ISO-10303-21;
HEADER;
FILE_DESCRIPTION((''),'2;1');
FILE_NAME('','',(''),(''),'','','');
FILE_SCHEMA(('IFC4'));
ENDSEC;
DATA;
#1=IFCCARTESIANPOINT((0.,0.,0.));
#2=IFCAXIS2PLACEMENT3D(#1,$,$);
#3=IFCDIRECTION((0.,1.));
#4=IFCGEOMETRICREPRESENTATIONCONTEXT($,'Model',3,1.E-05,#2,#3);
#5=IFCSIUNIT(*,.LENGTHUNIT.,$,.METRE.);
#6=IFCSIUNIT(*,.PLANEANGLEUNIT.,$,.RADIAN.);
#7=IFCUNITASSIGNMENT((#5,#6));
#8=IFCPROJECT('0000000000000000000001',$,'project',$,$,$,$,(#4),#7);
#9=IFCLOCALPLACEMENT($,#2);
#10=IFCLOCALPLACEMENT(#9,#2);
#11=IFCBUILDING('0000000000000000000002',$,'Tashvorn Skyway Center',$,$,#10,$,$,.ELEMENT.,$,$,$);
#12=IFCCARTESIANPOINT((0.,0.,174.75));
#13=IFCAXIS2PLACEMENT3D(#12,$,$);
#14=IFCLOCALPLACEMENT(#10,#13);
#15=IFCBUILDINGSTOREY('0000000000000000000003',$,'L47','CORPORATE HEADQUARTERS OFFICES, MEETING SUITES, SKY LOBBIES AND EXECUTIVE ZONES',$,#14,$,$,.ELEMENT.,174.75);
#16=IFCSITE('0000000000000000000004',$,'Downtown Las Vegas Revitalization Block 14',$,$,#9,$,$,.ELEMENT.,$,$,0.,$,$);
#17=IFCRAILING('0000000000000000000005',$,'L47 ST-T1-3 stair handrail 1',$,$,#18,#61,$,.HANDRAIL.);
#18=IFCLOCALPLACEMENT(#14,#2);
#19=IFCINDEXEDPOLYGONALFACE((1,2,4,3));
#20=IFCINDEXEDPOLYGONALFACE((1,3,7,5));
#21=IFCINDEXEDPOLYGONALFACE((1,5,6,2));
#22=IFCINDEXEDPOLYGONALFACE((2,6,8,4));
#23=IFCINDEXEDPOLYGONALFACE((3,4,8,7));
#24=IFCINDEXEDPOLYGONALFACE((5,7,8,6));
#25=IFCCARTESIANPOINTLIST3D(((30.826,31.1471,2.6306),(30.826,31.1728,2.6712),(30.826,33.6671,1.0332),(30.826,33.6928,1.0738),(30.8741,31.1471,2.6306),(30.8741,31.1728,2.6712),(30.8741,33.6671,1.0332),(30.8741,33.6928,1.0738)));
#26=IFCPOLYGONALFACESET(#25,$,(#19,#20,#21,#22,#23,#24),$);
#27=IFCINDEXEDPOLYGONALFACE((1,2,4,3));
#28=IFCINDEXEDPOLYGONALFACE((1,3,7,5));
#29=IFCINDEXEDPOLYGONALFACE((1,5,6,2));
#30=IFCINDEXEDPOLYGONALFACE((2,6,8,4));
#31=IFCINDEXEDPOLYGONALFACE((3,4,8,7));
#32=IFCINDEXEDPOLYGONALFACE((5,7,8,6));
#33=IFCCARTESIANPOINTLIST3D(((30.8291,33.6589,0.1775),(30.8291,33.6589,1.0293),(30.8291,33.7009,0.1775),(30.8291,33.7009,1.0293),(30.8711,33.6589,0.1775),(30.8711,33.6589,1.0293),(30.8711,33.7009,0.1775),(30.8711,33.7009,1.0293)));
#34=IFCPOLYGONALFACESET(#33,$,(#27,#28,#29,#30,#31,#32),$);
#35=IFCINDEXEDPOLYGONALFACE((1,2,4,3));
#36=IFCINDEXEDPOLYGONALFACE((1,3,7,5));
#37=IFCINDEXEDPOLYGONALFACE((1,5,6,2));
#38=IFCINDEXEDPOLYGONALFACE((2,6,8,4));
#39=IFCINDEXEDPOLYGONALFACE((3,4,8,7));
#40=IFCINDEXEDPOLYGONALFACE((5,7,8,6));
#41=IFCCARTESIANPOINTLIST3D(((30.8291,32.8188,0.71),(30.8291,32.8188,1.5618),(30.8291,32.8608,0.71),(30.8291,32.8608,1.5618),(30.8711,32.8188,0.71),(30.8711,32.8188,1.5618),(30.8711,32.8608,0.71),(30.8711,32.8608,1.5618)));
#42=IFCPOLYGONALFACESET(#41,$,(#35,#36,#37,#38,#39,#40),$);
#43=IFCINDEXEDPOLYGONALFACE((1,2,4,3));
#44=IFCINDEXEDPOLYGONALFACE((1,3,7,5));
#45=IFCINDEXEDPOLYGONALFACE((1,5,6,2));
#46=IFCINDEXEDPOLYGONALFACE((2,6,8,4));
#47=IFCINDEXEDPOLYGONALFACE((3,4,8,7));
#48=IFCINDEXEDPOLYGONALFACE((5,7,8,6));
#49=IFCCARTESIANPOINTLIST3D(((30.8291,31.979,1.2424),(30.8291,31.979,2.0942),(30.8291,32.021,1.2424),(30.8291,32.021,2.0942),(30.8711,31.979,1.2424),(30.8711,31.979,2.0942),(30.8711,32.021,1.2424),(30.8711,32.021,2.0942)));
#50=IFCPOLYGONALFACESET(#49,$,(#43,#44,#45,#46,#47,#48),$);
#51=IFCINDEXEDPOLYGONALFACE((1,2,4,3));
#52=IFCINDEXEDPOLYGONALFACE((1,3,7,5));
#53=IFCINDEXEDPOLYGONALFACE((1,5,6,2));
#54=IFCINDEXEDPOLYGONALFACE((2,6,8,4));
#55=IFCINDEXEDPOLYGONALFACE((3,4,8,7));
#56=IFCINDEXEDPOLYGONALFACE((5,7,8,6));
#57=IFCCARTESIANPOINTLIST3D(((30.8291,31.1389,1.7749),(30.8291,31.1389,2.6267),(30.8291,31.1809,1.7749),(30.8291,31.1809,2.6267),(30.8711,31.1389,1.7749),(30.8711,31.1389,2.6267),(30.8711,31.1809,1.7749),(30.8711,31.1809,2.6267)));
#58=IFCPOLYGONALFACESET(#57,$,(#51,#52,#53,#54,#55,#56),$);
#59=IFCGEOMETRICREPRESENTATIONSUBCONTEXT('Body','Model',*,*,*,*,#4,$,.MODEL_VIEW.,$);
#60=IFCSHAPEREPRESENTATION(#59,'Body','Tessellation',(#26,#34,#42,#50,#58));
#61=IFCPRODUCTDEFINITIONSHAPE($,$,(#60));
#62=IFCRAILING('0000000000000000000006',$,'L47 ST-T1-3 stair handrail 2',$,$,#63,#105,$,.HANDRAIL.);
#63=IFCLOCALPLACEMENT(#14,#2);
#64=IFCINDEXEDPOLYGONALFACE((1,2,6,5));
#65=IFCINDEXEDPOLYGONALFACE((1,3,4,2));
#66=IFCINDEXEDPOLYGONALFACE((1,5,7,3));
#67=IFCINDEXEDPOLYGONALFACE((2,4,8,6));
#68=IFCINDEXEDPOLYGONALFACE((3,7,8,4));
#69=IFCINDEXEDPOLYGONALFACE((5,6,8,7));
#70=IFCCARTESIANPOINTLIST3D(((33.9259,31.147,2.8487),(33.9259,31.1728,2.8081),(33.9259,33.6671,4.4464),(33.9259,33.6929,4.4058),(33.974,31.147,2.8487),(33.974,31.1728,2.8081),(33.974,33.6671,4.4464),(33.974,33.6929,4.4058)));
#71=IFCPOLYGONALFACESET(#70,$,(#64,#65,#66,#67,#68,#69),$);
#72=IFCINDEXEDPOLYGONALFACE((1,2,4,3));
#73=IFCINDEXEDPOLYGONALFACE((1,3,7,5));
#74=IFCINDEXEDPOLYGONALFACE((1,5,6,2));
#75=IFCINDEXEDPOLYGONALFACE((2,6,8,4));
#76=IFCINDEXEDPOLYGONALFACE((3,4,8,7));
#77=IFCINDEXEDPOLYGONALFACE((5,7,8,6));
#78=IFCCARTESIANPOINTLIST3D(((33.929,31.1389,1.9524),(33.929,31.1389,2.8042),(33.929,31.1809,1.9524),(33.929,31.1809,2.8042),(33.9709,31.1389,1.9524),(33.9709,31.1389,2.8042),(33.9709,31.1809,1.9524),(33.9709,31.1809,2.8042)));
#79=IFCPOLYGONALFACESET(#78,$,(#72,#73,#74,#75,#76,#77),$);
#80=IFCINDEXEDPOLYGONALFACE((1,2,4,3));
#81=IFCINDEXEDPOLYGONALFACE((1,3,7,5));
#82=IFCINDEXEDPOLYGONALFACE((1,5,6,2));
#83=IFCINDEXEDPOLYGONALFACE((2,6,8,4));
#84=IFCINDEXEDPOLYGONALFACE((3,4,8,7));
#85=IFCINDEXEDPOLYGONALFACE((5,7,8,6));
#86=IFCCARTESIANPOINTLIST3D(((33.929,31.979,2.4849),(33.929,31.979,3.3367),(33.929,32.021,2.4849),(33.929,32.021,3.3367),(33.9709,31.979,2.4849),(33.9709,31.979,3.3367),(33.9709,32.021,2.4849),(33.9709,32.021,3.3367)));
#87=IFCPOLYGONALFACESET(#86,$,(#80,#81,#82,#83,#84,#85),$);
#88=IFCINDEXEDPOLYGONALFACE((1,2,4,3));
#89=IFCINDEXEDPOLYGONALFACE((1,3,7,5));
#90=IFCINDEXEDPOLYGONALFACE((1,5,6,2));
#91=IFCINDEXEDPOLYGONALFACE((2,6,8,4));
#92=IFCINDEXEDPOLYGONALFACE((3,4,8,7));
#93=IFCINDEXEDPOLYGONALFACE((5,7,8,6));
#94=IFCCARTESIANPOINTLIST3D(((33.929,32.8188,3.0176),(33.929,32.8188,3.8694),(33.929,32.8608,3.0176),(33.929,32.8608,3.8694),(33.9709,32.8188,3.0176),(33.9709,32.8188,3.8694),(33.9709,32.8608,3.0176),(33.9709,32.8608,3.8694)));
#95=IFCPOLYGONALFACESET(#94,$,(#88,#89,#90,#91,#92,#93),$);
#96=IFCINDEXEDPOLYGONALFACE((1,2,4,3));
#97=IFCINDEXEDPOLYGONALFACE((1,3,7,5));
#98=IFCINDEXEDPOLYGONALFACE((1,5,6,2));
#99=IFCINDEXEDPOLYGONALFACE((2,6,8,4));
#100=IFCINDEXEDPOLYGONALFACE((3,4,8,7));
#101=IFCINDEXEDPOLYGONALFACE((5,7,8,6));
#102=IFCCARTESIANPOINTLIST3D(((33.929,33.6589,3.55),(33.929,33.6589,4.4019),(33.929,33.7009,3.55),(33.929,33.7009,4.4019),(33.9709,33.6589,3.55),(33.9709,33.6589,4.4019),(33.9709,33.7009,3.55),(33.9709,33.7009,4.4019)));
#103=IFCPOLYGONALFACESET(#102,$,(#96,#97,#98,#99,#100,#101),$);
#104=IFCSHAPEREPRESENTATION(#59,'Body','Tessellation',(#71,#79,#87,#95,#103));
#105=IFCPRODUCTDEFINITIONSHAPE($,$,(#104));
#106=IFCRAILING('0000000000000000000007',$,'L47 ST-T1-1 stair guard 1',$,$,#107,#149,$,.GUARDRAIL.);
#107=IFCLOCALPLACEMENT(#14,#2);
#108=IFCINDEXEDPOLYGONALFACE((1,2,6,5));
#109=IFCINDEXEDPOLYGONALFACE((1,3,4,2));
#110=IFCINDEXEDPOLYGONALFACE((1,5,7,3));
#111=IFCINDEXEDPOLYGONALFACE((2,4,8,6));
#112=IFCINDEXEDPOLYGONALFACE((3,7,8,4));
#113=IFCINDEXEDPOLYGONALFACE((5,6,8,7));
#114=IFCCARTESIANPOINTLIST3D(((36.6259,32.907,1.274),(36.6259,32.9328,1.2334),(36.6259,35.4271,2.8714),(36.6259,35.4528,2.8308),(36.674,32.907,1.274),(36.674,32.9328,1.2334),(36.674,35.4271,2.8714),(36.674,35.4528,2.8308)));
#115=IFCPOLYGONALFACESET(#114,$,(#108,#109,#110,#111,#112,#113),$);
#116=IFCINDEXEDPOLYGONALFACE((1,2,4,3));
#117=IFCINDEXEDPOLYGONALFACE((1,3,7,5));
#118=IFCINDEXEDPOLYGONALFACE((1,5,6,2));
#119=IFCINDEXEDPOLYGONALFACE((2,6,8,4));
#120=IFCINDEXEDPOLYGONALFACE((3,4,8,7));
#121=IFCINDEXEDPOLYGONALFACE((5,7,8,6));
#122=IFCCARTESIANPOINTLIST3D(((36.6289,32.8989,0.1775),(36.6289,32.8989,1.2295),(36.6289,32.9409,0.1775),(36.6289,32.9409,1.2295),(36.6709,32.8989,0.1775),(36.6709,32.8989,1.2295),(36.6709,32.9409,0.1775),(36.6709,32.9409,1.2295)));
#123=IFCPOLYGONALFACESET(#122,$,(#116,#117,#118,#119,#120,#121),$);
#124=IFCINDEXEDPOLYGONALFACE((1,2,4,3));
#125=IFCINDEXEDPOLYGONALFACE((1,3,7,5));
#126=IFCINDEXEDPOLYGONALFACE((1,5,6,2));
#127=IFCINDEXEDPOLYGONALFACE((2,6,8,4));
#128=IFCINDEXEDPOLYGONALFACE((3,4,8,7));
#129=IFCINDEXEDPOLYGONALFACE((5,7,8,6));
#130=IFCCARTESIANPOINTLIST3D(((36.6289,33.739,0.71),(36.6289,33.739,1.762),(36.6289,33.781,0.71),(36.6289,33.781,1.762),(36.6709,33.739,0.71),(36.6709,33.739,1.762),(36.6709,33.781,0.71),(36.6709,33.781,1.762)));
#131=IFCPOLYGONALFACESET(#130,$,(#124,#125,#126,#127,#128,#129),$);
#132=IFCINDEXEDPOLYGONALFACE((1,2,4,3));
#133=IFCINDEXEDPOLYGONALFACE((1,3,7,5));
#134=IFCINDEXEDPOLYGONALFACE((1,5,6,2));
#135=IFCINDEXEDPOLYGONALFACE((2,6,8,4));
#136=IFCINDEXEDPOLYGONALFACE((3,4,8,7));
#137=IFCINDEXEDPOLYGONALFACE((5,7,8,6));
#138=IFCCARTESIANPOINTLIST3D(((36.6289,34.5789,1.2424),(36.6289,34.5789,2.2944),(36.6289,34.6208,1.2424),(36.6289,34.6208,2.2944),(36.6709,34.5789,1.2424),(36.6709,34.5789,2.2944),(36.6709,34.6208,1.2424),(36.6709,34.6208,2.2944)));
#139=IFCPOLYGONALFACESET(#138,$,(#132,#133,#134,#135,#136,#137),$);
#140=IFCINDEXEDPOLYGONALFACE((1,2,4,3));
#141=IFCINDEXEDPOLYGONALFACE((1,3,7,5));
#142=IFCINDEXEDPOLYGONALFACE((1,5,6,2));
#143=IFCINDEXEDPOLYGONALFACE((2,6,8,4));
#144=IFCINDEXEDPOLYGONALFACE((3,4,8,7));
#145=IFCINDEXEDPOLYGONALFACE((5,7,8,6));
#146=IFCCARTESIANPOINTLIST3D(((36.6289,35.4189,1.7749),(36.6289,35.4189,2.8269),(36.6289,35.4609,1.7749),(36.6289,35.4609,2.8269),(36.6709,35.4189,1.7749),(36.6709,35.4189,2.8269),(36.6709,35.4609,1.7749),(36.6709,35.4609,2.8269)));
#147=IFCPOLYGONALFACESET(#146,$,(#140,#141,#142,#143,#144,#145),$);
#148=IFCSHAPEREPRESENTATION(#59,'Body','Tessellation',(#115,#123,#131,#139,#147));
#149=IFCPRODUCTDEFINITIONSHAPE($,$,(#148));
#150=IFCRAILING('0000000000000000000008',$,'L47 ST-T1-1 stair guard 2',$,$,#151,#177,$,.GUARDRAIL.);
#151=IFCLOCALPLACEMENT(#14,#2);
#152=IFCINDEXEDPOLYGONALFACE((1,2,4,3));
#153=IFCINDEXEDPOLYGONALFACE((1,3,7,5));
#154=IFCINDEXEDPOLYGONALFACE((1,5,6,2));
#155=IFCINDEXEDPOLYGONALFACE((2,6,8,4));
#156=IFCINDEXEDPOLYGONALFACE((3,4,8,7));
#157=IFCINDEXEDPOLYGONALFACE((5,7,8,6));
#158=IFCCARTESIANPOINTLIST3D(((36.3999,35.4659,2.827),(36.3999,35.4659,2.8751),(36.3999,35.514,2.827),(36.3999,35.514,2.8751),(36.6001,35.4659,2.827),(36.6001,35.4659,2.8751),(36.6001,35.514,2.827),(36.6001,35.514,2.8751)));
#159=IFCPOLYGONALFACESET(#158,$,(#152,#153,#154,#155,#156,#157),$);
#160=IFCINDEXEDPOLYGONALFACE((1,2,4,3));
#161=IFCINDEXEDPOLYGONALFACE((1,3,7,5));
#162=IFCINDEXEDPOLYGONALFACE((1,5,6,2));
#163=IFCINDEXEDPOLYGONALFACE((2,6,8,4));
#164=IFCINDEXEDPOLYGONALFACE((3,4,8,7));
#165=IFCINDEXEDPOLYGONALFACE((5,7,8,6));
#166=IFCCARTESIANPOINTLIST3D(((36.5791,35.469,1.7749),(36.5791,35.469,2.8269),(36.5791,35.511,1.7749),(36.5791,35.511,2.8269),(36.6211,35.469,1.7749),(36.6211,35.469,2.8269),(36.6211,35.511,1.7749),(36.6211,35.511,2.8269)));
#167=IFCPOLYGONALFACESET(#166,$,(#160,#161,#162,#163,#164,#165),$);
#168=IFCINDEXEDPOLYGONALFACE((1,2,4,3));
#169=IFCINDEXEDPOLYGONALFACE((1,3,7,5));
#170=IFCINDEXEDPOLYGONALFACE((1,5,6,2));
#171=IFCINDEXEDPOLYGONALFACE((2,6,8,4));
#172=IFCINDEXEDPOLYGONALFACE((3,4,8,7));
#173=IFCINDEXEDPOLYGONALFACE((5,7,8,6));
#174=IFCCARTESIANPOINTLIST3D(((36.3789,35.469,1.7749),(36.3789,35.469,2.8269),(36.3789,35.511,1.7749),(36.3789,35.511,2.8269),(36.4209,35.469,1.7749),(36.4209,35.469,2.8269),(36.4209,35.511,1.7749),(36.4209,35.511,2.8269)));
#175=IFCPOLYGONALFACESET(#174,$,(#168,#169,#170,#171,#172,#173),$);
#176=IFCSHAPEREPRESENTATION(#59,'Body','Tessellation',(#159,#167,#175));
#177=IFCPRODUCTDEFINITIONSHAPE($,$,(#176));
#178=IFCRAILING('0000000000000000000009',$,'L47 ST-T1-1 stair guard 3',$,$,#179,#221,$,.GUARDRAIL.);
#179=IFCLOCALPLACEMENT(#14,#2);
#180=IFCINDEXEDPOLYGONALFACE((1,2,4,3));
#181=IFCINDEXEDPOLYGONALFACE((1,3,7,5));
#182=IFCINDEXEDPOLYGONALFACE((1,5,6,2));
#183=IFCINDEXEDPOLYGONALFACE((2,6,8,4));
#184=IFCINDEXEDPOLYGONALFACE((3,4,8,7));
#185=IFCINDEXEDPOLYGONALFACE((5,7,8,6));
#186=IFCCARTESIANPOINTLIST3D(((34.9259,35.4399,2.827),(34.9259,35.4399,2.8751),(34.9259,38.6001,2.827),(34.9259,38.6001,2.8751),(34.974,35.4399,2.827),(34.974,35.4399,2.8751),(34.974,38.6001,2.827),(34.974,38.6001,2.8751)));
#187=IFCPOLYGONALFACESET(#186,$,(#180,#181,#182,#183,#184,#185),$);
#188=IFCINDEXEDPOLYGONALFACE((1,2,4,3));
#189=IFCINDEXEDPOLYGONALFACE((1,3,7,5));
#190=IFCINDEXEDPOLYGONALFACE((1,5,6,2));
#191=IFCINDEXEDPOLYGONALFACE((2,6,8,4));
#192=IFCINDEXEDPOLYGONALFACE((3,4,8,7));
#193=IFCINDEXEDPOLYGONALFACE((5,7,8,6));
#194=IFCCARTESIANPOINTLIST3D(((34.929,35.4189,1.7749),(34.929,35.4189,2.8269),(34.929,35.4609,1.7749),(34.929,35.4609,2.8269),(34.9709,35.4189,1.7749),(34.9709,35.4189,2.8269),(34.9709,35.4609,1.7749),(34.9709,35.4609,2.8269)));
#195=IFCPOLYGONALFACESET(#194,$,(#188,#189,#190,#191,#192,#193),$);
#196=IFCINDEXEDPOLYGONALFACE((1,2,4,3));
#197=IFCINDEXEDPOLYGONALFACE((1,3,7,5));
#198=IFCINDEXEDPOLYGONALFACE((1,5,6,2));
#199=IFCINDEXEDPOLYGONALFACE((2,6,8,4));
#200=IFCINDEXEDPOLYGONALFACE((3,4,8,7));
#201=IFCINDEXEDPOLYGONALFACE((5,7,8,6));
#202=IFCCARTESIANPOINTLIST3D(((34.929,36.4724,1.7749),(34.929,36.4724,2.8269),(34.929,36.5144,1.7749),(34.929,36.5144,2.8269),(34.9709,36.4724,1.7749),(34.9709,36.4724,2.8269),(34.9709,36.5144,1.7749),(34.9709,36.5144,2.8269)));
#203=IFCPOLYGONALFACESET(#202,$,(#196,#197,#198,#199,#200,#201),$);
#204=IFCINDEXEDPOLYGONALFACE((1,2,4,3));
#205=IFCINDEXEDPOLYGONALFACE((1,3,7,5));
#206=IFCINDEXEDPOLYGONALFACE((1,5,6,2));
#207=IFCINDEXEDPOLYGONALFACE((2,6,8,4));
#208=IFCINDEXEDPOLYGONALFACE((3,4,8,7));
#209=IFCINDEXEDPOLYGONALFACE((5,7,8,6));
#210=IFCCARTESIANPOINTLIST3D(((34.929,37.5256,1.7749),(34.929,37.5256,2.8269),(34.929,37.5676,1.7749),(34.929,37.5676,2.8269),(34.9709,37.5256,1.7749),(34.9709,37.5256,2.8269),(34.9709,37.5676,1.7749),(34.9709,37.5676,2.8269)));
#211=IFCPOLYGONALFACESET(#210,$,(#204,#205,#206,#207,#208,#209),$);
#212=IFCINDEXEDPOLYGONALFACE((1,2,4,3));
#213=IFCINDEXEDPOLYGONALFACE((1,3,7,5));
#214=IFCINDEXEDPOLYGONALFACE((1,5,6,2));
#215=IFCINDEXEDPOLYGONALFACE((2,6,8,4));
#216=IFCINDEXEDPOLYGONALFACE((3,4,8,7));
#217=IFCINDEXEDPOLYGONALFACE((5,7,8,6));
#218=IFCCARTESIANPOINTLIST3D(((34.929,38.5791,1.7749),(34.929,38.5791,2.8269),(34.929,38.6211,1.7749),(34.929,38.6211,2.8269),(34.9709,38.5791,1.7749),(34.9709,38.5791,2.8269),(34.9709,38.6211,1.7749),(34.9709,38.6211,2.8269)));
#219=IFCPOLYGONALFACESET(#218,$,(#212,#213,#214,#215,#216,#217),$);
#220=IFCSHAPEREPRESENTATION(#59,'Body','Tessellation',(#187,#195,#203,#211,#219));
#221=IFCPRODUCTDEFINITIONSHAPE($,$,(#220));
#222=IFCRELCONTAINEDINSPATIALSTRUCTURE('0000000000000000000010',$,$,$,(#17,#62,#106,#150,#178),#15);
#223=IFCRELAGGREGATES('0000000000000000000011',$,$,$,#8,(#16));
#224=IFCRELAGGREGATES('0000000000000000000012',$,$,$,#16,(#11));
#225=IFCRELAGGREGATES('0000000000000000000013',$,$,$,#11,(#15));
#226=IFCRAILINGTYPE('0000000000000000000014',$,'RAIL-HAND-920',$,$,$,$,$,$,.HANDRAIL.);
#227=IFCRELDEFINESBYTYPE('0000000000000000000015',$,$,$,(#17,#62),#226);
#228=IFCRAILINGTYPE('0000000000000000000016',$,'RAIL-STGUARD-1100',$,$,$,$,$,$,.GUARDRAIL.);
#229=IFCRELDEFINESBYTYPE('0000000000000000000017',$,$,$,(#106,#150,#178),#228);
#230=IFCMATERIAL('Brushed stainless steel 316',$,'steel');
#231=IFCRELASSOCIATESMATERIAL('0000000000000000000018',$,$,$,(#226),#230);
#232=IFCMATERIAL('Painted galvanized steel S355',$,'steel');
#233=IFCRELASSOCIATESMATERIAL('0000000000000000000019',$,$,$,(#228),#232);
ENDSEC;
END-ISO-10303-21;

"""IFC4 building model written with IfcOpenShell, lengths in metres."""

from ifc_helpers import new_model, si_unit, direction, frame, origin, origin_2d, place, context, subcontext, project, spatial, rectangle, extrude, material, type_object, element, save


model = new_model("IFC4")

# Units and contexts
model_context = context("Model", 3, precision=1e-05, world=origin(), true_north=direction((0.0, 1.0)))
body_context = subcontext(model_context, "Body", "Model", "MODEL_VIEW")
ifc_project = project(units=[si_unit("LENGTHUNIT", "METRE"), si_unit("PLANEANGLEUNIT", "RADIAN")], contexts=[model_context])

# Site, building, storey
site_placement = place(None, origin())
site = spatial("IfcSite", under=ifc_project, at=site_placement, Name="Downtown Las Vegas Revitalization Block 14", CompositionType="ELEMENT", RefElevation=0.0)
building_placement = place(site_placement, origin())
building = spatial("IfcBuilding", under=site, at=building_placement, Name="Tashvorn Skyway Center", CompositionType="ELEMENT")
storey_placement = place(building_placement, frame((0.0, 0.0, 174.75)))
storey = spatial("IfcBuildingStorey", under=building, at=storey_placement, Name="L47", Description="CORPORATE HEADQUARTERS OFFICES, MEETING SUITES, SKY LOBBIES AND EXECUTIVE ZONES", CompositionType="ELEMENT", Elevation=174.75)

# Railings
ifc_material_1 = material(Name="Brushed stainless steel 316", Category="steel")
railing_type_1 = type_object("IfcRailingType", Name="RAIL-HAND-920", PredefinedType="HANDRAIL", material=ifc_material_1)
railing_1_placement = place(storey_placement, frame((30.8501, 33.6799, 0.1775)))
element("IfcRailing", 1, at=railing_1_placement, inside=storey, type_object=railing_type_1, Name="L47 ST-T1-3 stair handrail 1", PredefinedType="HANDRAIL", context=body_context, shape_type="SweptSolid", body=[
    extrude(rectangle(XDim=0.0481, YDim=0.0481, at=origin_2d()), frame((0.0, 0.0, 0.876), z_axis=(0.0, -0.844607, 0.535387), x_axis=(1.0, 0.0, 0.0)), (0.0, 0.0, 1.0), 2.9836),
    extrude(rectangle(XDim=0.042, YDim=0.042, at=origin_2d()), origin(), (0.0, 0.0, 1.0), 0.8518),
    extrude(rectangle(XDim=0.042, YDim=0.042, at=origin_2d()), frame((0.0, -0.8401, 0.5325)), (0.0, 0.0, 1.0), 0.8518),
    extrude(rectangle(XDim=0.042, YDim=0.042, at=origin_2d()), frame((0.0, -1.6799, 1.0649)), (0.0, 0.0, 1.0), 0.8518),
    extrude(rectangle(XDim=0.042, YDim=0.042, at=origin_2d()), frame((0.0, -2.52, 1.5974)), (0.0, 0.0, 1.0), 0.8518),
])
railing_2_placement = place(storey_placement, frame((33.95, 31.1599, 1.9524)))
element("IfcRailing", 2, at=railing_2_placement, inside=storey, type_object=railing_type_1, Name="L47 ST-T1-3 stair handrail 2", PredefinedType="HANDRAIL", context=body_context, shape_type="SweptSolid", body=[
    extrude(rectangle(XDim=0.0481, YDim=0.0481, at=origin_2d()), frame((0.0, 0.0, 0.876), z_axis=(0.0, 0.84457, 0.535445), x_axis=(-1.0, 0.0, 0.0)), (0.0, 0.0, 1.0), 2.9839),
    extrude(rectangle(XDim=0.042, YDim=0.042, at=origin_2d()), origin(), (0.0, 0.0, 1.0), 0.8518),
    extrude(rectangle(XDim=0.042, YDim=0.042, at=origin_2d()), frame((0.0, 0.8401, 0.5325)), (0.0, 0.0, 1.0), 0.8518),
    extrude(rectangle(XDim=0.042, YDim=0.042, at=origin_2d()), frame((0.0, 1.6799, 1.0652)), (0.0, 0.0, 1.0), 0.8518),
    extrude(rectangle(XDim=0.042, YDim=0.042, at=origin_2d()), frame((0.0, 2.52, 1.5977)), (0.0, 0.0, 1.0), 0.8518),
])
ifc_material_2 = material(Name="Painted galvanized steel S355", Category="steel")
railing_type_2 = type_object("IfcRailingType", Name="RAIL-STGUARD-1100", PredefinedType="GUARDRAIL", material=ifc_material_2)
railing_3_placement = place(storey_placement, frame((36.6499, 32.9199, 0.1775)))
element("IfcRailing", 3, at=railing_3_placement, inside=storey, type_object=railing_type_2, Name="L47 ST-T1-1 stair guard 1", PredefinedType="GUARDRAIL", context=body_context, shape_type="SweptSolid", body=[
    extrude(rectangle(XDim=0.0481, YDim=0.0481, at=origin_2d()), frame((0.0, 0.0, 1.0762), z_axis=(0.0, 0.844607, 0.535387), x_axis=(-1.0, 0.0, 0.0)), (0.0, 0.0, 1.0), 2.9836),
    extrude(rectangle(XDim=0.042, YDim=0.042, at=origin_2d()), origin(), (0.0, 0.0, 1.0), 1.052),
    extrude(rectangle(XDim=0.042, YDim=0.042, at=origin_2d()), frame((0.0, 0.8401, 0.5325)), (0.0, 0.0, 1.0), 1.052),
    extrude(rectangle(XDim=0.042, YDim=0.042, at=origin_2d()), frame((0.0, 1.6799, 1.0649)), (0.0, 0.0, 1.0), 1.052),
    extrude(rectangle(XDim=0.042, YDim=0.042, at=origin_2d()), frame((0.0, 2.52, 1.5974)), (0.0, 0.0, 1.0), 1.052),
])
railing_4_placement = place(storey_placement, frame((36.6001, 35.49, 1.7749)))
element("IfcRailing", 4, at=railing_4_placement, inside=storey, type_object=railing_type_2, Name="L47 ST-T1-1 stair guard 2", PredefinedType="GUARDRAIL", context=body_context, shape_type="SweptSolid", body=[
    extrude(rectangle(XDim=0.0481, YDim=0.0481, at=origin_2d()), frame((0.0, 0.0, 1.0762), z_axis=(-1.0, 0.0, 0.0), x_axis=(0.0, -1.0, 0.0)), (0.0, 0.0, 1.0), 0.2002),
    extrude(rectangle(XDim=0.042, YDim=0.042, at=origin_2d()), origin(), (0.0, 0.0, 1.0), 1.052),
    extrude(rectangle(XDim=0.042, YDim=0.042, at=origin_2d()), frame((-0.2002, 0.0, 0.0)), (0.0, 0.0, 1.0), 1.052),
])
railing_5_placement = place(storey_placement, frame((34.95, 35.4399, 1.7749)))
element("IfcRailing", 5, at=railing_5_placement, inside=storey, type_object=railing_type_2, Name="L47 ST-T1-1 stair guard 3", PredefinedType="GUARDRAIL", context=body_context, shape_type="SweptSolid", body=[
    extrude(rectangle(XDim=0.0481, YDim=0.0481, at=origin_2d()), frame((0.0, 0.0, 1.0762), z_axis=(0.0, 1.0, 0.0), x_axis=(-1.0, 0.0, 0.0)), (0.0, 0.0, 1.0), 3.1602),
    extrude(rectangle(XDim=0.042, YDim=0.042, at=origin_2d()), origin(), (0.0, 0.0, 1.0), 1.052),
    extrude(rectangle(XDim=0.042, YDim=0.042, at=origin_2d()), frame((0.0, 1.0535, 0.0)), (0.0, 0.0, 1.0), 1.052),
    extrude(rectangle(XDim=0.042, YDim=0.042, at=origin_2d()), frame((0.0, 2.1067, 0.0)), (0.0, 0.0, 1.0), 1.052),
    extrude(rectangle(XDim=0.042, YDim=0.042, at=origin_2d()), frame((0.0, 3.1602, 0.0)), (0.0, 0.0, 1.0), 1.052),
])

save(model, "model.ifc")
